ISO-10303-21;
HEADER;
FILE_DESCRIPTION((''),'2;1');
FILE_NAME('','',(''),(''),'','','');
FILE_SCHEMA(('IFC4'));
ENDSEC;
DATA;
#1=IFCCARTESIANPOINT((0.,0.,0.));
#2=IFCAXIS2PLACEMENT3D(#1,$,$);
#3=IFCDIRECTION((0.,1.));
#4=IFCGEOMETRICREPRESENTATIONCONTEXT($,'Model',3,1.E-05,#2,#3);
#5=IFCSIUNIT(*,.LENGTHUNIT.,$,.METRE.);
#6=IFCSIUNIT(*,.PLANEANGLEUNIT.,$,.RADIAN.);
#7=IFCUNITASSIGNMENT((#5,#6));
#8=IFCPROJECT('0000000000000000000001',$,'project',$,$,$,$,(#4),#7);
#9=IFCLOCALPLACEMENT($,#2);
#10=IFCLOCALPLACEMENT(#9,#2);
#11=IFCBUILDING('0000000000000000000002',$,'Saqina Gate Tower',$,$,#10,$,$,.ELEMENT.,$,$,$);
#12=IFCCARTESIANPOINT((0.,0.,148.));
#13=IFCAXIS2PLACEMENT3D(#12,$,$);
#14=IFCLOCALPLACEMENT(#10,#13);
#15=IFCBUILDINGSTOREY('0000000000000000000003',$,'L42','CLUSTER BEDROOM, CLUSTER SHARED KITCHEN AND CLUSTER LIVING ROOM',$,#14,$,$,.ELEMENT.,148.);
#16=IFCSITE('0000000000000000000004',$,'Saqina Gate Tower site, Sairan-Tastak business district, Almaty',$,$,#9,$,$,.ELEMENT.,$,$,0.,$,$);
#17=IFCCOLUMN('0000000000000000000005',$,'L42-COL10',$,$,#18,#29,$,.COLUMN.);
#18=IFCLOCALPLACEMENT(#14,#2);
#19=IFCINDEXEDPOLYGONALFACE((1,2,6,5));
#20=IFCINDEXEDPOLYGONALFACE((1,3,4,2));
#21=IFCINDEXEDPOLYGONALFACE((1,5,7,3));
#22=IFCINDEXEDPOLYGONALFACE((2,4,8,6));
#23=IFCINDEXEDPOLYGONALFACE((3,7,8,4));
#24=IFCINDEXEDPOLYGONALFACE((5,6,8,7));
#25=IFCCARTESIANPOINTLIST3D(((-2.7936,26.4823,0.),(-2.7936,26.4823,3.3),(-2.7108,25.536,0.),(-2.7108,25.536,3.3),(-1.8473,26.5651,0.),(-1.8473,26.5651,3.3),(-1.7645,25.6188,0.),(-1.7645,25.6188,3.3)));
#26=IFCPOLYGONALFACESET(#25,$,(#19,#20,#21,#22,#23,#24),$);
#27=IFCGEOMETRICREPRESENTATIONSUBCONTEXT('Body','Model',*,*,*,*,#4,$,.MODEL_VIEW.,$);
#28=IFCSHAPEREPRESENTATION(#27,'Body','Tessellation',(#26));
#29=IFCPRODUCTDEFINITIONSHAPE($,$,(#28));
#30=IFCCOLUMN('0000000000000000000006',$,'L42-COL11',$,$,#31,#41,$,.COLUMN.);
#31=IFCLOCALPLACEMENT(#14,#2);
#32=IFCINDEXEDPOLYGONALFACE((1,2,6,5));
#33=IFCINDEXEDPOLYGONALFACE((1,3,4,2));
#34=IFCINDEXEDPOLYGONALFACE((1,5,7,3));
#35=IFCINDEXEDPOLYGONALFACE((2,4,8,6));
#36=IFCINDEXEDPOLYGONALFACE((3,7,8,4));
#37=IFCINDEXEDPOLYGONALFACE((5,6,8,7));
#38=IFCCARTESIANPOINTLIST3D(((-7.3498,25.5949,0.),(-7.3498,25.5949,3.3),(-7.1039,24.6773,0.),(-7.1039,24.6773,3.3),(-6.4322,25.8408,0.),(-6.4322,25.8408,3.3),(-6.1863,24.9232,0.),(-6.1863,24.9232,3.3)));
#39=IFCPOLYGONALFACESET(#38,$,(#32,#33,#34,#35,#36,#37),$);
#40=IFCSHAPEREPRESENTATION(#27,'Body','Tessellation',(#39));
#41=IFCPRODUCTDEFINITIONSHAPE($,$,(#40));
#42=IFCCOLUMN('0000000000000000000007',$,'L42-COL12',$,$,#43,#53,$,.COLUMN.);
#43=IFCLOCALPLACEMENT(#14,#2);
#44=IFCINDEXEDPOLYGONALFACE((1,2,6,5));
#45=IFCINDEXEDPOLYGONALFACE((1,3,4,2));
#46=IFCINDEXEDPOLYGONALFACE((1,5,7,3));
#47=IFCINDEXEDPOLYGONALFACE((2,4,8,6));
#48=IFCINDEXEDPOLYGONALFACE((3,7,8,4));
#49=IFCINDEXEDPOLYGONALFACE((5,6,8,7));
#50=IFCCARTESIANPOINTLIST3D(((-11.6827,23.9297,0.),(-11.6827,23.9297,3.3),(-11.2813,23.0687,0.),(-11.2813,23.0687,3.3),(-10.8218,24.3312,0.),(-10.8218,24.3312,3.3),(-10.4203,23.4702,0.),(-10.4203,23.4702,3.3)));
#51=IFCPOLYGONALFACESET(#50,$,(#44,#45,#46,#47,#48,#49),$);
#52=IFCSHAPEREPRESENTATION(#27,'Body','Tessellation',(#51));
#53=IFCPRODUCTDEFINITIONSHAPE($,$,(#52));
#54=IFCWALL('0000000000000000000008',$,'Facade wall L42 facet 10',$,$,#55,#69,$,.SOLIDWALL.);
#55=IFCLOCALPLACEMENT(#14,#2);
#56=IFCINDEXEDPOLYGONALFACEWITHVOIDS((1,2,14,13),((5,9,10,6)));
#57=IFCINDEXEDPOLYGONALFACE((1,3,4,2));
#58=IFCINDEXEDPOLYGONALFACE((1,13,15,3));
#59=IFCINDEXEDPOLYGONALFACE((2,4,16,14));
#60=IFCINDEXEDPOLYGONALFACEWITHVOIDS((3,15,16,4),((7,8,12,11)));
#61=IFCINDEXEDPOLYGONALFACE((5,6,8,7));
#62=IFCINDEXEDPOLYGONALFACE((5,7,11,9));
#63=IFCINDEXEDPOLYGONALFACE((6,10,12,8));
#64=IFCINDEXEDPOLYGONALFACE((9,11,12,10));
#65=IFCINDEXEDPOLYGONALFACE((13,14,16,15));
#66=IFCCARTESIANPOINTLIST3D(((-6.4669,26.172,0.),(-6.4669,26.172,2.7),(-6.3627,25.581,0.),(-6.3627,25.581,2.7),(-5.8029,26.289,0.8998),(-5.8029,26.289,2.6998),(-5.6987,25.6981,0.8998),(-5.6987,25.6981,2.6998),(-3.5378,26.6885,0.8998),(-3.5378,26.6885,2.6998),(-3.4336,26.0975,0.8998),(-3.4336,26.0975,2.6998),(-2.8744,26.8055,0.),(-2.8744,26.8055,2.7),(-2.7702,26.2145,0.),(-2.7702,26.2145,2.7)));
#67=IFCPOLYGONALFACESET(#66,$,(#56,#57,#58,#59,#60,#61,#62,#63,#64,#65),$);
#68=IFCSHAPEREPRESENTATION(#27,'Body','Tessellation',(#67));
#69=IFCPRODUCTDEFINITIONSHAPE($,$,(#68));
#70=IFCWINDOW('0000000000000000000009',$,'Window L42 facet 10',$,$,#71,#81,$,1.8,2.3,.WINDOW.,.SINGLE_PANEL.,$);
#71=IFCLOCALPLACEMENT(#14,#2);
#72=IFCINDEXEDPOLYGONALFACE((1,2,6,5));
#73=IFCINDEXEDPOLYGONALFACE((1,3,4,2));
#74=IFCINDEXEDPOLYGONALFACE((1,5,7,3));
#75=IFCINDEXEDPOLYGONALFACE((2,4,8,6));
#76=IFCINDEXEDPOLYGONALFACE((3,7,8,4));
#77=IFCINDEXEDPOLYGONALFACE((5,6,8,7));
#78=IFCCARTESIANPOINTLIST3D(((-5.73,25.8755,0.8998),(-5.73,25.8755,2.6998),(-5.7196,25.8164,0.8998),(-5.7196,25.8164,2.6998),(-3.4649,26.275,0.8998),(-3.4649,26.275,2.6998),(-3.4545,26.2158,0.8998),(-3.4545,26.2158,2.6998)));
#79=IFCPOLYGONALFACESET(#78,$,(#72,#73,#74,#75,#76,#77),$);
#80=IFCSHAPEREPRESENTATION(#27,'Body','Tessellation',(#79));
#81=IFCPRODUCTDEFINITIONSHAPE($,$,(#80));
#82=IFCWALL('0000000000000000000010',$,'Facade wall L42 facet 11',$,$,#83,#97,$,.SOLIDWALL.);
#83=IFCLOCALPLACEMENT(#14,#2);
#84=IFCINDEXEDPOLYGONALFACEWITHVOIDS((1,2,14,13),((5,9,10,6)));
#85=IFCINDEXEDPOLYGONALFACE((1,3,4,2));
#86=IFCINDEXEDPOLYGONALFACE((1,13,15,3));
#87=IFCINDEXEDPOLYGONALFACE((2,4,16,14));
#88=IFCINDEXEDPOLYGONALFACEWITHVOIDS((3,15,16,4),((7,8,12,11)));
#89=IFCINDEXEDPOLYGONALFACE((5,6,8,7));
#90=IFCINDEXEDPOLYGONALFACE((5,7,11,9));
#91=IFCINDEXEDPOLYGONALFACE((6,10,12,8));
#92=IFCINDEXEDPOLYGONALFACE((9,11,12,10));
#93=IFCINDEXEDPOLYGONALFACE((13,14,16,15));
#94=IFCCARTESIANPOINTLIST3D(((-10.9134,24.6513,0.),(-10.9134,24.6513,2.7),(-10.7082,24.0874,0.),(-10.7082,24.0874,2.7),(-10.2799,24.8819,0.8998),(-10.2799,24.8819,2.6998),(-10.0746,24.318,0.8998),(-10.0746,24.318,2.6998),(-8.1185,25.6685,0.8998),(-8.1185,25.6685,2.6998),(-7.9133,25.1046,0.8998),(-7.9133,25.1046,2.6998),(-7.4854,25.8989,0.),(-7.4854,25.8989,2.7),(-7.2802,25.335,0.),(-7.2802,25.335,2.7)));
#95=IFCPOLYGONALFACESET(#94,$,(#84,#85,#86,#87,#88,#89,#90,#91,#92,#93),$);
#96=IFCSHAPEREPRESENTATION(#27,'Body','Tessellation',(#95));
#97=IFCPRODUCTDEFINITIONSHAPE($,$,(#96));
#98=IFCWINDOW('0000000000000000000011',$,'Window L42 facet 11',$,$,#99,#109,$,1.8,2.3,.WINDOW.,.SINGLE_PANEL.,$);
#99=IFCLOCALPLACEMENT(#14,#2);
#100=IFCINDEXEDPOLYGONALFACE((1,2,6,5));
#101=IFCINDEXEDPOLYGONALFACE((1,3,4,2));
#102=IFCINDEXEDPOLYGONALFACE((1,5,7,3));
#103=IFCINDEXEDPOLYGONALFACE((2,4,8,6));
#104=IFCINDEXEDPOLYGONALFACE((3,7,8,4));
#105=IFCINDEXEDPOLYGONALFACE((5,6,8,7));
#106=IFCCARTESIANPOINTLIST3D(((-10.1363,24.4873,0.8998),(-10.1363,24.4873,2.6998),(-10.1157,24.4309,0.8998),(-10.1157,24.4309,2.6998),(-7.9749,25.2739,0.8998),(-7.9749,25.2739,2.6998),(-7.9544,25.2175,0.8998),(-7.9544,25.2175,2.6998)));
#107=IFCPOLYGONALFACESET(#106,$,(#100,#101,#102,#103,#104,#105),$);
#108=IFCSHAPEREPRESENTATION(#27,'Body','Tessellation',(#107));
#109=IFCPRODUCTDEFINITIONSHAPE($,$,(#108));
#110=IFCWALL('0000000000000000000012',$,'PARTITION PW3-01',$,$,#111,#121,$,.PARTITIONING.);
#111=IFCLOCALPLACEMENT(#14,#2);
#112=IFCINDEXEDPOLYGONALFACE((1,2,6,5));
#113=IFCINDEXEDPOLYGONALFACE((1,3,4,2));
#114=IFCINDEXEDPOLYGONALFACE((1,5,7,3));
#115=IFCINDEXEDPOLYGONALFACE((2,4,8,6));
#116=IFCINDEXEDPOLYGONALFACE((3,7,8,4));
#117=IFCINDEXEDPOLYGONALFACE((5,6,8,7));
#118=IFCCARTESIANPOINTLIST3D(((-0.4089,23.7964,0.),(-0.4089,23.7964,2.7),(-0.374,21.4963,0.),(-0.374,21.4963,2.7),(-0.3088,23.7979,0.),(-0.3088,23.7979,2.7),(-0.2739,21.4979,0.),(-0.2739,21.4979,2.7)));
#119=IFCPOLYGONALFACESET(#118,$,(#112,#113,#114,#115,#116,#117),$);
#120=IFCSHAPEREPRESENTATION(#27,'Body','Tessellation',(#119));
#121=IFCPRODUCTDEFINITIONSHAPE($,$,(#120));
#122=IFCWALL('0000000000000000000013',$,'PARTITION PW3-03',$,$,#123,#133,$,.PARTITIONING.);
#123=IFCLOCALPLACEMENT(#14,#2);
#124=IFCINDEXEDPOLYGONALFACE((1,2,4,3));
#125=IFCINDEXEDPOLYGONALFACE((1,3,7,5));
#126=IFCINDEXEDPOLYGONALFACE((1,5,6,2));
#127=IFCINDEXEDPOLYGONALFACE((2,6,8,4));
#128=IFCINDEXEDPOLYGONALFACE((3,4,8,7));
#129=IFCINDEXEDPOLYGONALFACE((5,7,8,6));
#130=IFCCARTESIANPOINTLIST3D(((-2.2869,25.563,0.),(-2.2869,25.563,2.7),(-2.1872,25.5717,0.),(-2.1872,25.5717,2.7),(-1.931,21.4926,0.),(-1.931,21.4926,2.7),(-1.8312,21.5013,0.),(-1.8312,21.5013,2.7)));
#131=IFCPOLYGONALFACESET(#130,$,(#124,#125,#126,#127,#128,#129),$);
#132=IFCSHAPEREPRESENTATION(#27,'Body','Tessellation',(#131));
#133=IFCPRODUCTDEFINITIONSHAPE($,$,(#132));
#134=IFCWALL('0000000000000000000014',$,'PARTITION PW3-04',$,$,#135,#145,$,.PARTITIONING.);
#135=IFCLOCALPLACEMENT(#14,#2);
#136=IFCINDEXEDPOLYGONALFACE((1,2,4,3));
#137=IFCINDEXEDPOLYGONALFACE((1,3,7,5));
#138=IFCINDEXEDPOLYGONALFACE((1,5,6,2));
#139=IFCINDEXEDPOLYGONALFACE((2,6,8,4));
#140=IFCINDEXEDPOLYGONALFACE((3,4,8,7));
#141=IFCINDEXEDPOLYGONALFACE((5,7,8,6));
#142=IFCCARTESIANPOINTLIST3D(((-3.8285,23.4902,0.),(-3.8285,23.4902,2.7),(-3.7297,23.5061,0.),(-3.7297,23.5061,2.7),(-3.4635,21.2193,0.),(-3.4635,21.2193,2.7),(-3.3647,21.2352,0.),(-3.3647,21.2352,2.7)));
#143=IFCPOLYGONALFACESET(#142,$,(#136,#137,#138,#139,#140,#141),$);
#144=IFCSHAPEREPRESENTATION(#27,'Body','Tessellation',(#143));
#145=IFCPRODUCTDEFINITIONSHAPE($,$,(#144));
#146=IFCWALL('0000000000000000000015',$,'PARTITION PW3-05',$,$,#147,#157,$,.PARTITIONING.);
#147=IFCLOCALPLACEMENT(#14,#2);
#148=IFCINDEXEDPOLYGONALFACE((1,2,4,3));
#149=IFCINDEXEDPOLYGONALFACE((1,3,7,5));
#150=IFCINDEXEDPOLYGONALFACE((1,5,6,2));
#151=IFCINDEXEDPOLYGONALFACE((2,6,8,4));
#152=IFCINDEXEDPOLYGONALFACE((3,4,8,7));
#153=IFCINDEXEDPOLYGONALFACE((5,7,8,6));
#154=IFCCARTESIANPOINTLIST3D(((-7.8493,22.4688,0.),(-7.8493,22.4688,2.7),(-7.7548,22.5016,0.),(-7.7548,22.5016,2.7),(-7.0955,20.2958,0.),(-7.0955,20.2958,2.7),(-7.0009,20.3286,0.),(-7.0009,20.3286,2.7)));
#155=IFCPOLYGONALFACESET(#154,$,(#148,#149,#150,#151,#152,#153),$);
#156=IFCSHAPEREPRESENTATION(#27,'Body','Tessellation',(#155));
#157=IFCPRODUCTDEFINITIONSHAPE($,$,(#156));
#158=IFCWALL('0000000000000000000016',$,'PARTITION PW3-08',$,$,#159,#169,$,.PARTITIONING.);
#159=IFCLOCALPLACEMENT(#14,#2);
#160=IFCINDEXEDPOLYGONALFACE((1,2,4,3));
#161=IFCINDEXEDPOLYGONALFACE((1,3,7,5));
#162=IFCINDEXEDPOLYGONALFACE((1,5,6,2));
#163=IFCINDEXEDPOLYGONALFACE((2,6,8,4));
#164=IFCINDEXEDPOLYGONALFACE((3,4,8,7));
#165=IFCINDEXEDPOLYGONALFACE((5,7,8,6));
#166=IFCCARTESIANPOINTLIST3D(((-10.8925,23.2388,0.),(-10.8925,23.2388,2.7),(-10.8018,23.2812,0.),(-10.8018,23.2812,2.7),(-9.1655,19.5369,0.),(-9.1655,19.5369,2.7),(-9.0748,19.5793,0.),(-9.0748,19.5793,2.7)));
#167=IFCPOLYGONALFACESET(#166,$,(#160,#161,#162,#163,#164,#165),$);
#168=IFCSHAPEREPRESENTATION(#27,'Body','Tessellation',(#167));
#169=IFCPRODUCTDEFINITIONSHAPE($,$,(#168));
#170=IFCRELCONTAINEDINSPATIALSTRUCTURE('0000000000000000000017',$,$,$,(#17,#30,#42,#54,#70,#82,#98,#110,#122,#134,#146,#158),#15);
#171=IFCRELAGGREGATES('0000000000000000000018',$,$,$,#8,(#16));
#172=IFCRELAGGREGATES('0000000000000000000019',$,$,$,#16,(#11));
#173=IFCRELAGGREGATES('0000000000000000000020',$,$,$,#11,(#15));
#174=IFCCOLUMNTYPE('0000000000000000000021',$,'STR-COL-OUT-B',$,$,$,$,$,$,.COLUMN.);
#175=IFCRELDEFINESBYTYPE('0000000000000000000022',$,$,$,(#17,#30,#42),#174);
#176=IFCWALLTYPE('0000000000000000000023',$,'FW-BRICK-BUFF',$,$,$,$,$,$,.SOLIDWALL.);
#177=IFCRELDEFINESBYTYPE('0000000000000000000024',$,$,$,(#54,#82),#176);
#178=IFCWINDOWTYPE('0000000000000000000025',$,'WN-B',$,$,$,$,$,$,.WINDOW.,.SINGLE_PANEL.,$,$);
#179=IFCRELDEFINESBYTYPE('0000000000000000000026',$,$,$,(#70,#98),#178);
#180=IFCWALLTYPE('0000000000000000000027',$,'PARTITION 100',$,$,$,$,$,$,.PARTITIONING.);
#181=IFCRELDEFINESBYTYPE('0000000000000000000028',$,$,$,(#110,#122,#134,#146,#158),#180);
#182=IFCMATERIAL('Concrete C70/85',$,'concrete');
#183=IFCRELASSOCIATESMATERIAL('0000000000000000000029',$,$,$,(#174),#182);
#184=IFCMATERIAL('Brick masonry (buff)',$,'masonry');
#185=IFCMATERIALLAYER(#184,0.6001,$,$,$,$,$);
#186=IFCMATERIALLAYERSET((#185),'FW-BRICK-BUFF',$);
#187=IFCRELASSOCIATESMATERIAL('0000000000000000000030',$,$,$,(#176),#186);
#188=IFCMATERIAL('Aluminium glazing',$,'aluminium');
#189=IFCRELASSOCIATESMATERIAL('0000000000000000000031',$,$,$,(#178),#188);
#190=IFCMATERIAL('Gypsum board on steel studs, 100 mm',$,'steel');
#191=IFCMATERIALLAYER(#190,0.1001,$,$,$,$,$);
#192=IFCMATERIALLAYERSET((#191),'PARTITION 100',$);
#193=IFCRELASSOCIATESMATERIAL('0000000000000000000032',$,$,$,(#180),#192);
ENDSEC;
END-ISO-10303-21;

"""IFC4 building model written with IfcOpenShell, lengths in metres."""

from ifc_helpers import new_model, si_unit, direction, frame, frame_2d, origin, origin_2d, place, context, subcontext, project, spatial, rectangle, extrude, material, layer, layer_set, material_profile, profile_set, type_object, element, fill, save


model = new_model("IFC4")

# Units and contexts
model_context = context("Model", 3, precision=1e-05, world=origin(), true_north=direction((0.0, 1.0)))
body_context = subcontext(model_context, "Body", "Model", "MODEL_VIEW")
ifc_project = project(units=[si_unit("LENGTHUNIT", "METRE"), si_unit("PLANEANGLEUNIT", "RADIAN")], contexts=[model_context])

# Site, building, storey
site_placement = place(None, origin())
site = spatial("IfcSite", under=ifc_project, at=site_placement, Name="Saqina Gate Tower site, Sairan-Tastak business district, Almaty", CompositionType="ELEMENT", RefElevation=0.0)
building_placement = place(site_placement, origin())
building = spatial("IfcBuilding", under=site, at=building_placement, Name="Saqina Gate Tower", CompositionType="ELEMENT")
storey_placement = place(building_placement, frame((0.0, 0.0, 148.0)))
storey = spatial("IfcBuildingStorey", under=building, at=storey_placement, Name="L42", Description="CLUSTER BEDROOM, CLUSTER SHARED KITCHEN AND CLUSTER LIVING ROOM", CompositionType="ELEMENT", Elevation=148.0)

# Columns
ifc_material_1 = material(Name="Concrete C70/85", Category="concrete")
ifc_material_profile = material_profile(ifc_material_1, rectangle(XDim=0.95, YDim=0.95, at=origin_2d()), Name="RC 950x950")
ifc_profile_set = profile_set([ifc_material_profile], Name="Concrete C70/85")
column_type = type_object("IfcColumnType", Name="STR-COL-OUT-B", PredefinedType="COLUMN", material=ifc_profile_set)
for number, where, z_axis, x_axis, name in (
    (1, (-2.2791, 26.0505, 0.0), (0.0, 0.0, 1.0), (-0.087156, 0.996195, 0.0), "L42-COL10"),
    (2, (-6.7681, 25.259, 0.0), (0.0, 0.0, 1.0), (-0.258819, 0.965926, 0.0), "L42-COL11"),
    (3, (-11.0515, 23.7, 0.0), (0.0, 0.0, 1.0), (-0.422618, 0.906308, 0.0), "L42-COL12"),
):
    element("IfcColumn", number, at=place(storey_placement, frame(where, z_axis=z_axis, x_axis=x_axis)), inside=storey, type_object=column_type, Name=name, PredefinedType="COLUMN", context=body_context, shape_type="SweptSolid", body=[
        extrude(rectangle(XDim=0.95, YDim=0.95, at=origin_2d()), origin(), (0.0, 0.0, 1.0), 3.3),
    ])

# Walls, openings, windows
ifc_material_2 = material(Name="Brick masonry (buff)", Category="masonry")
ifc_layer_1 = layer(ifc_material_2, 0.6001)
ifc_layer_set_1 = layer_set([ifc_layer_1], Name="FW-BRICK-BUFF")
wall_type_1 = type_object("IfcWallType", Name="FW-BRICK-BUFF", PredefinedType="SOLIDWALL", material=ifc_layer_set_1)
wall_1_placement = place(storey_placement, frame((-2.8223, 26.51, 0.0), z_axis=(0.0, 0.0, 1.0), x_axis=(-0.984804, -0.173671, 0.0)))
wall_1 = element("IfcWall", 4, at=wall_1_placement, inside=storey, type_object=wall_type_1, Name="Facade wall L42 facet 10", PredefinedType="SOLIDWALL", context=body_context, shape_type="SweptSolid", body=[
    extrude(rectangle(XDim=3.6479, YDim=0.6001, at=frame_2d((1.824, 0.0))), origin(), (0.0, 0.0, 1.0), 2.7),
])
opening_1_placement = place(wall_1_placement, frame((0.6738, 0.0, 0.8999)))
opening_1 = element("IfcOpeningElement", 5, at=opening_1_placement, cuts=wall_1, PredefinedType="OPENING", context=body_context, shape_type="SweptSolid", body=[
    extrude(rectangle(XDim=2.3, YDim=1.8, at=frame_2d((1.1499, 0.8999))), frame((0.0, 0.312, 0.0), z_axis=(0.0, -1.0, 0.0), x_axis=(1.0, 0.0, 0.0)), (0.0, 0.0, 1.0), 0.624),
])
ifc_material_3 = material(Name="Aluminium glazing", Category="aluminium")
window_type = type_object("IfcWindowType", Name="WN-B", PartitioningType="SINGLE_PANEL", PredefinedType="WINDOW", material=ifc_material_3)
window_1_placement = place(opening_1_placement, origin())
window_1 = element("IfcWindow", 6, at=window_1_placement, inside=storey, type_object=window_type, Name="Window L42 facet 10", OverallHeight=1.8, OverallWidth=2.3, PartitioningType="SINGLE_PANEL", PredefinedType="WINDOW", context=body_context, shape_type="SweptSolid", body=[
    extrude(rectangle(XDim=2.3, YDim=1.8, at=frame_2d((1.1499, 0.8999))), frame((0.0, 0.1799, 0.0), z_axis=(0.0, -1.0, 0.0), x_axis=(1.0, 0.0, 0.0)), (0.0, 0.0, 1.0), 0.0601),
])
fill(opening_1, window_1)
wall_2_placement = place(storey_placement, frame((-7.3828, 25.6169, 0.0), z_axis=(0.0, 0.0, 1.0), x_axis=(-0.939704, -0.34199, 0.0)))
wall_2 = element("IfcWall", 7, at=wall_2_placement, inside=storey, type_object=wall_type_1, Name="Facade wall L42 facet 11", PredefinedType="SOLIDWALL", context=body_context, shape_type="SweptSolid", body=[
    extrude(rectangle(XDim=3.6479, YDim=0.6001, at=frame_2d((1.824, 0.0))), origin(), (0.0, 0.0, 1.0), 2.7),
])
opening_2_placement = place(wall_2_placement, frame((0.6738, 0.0, 0.8999)))
opening_2 = element("IfcOpeningElement", 8, at=opening_2_placement, cuts=wall_2, PredefinedType="OPENING", context=body_context, shape_type="SweptSolid", body=[
    extrude(rectangle(XDim=2.3, YDim=1.8, at=frame_2d((1.1499, 0.8999))), frame((0.0, 0.312, 0.0), z_axis=(0.0, -1.0, 0.0), x_axis=(1.0, 0.0, 0.0)), (0.0, 0.0, 1.0), 0.624),
])
window_2_placement = place(opening_2_placement, origin())
window_2 = element("IfcWindow", 9, at=window_2_placement, inside=storey, type_object=window_type, Name="Window L42 facet 11", OverallHeight=1.8, OverallWidth=2.3, PartitioningType="SINGLE_PANEL", PredefinedType="WINDOW", context=body_context, shape_type="SweptSolid", body=[
    extrude(rectangle(XDim=2.3, YDim=1.8, at=frame_2d((1.1499, 0.8999))), frame((0.0, 0.1799, 0.0), z_axis=(0.0, -1.0, 0.0), x_axis=(1.0, 0.0, 0.0)), (0.0, 0.0, 1.0), 0.0601),
])
fill(opening_2, window_2)

# Walls
ifc_material_4 = material(Name="Gypsum board on steel studs, 100 mm", Category="steel")
ifc_layer_2 = layer(ifc_material_4, 0.1001)
ifc_layer_set_2 = layer_set([ifc_layer_2], Name="PARTITION 100")
wall_type_2 = type_object("IfcWallType", Name="PARTITION 100", PredefinedType="PARTITIONING", material=ifc_layer_set_2)
wall_3_placement = place(storey_placement, frame((-0.3589, 23.7971, 0.0), z_axis=(0.0, 0.0, 1.0), x_axis=(0.015177, -0.999885, 0.0)))
element("IfcWall", 10, at=wall_3_placement, inside=storey, type_object=wall_type_2, Name="PARTITION PW3-01", PredefinedType="PARTITIONING", context=body_context, shape_type="SweptSolid", body=[
    extrude(rectangle(XDim=2.3003, YDim=0.1001, at=frame_2d((1.1501, 0.0))), origin(), (0.0, 0.0, 1.0), 2.7),
])
wall_4_placement = place(storey_placement, frame((-2.2371, 25.5674, 0.0), z_axis=(0.0, 0.0, 1.0), x_axis=(0.08712, -0.996198, 0.0)))
element("IfcWall", 11, at=wall_4_placement, inside=storey, type_object=wall_type_2, Name="PARTITION PW3-03", PredefinedType="PARTITIONING", context=body_context, shape_type="SweptSolid", body=[
    extrude(rectangle(XDim=4.0859, YDim=0.1001, at=frame_2d((2.043, 0.0))), origin(), (0.0, 0.0, 1.0), 2.7),
])
for number, where, z_axis, x_axis, name in (
    (12, (-3.7791, 23.498, 0.0), (0.0, 0.0, 1.0), (0.158682, -0.98733, 0.0), "PARTITION PW3-04"),
    (13, (-7.802, 22.4851, 0.0), (0.0, 0.0, 1.0), (0.327763, -0.94476, 0.0), "PARTITION PW3-05"),
):
    element("IfcWall", number, at=place(storey_placement, frame(where, z_axis=z_axis, x_axis=x_axis)), inside=storey, type_object=wall_type_2, Name=name, PredefinedType="PARTITIONING", context=body_context, shape_type="SweptSolid", body=[
        extrude(rectangle(XDim=2.3, YDim=0.1001, at=frame_2d((1.1499, 0.0))), origin(), (0.0, 0.0, 1.0), 2.7),
    ])
wall_5_placement = place(storey_placement, frame((-10.8472, 23.26, 0.0), z_axis=(0.0, 0.0, 1.0), x_axis=(0.422784, -0.90623, 0.0)))
element("IfcWall", 14, at=wall_5_placement, inside=storey, type_object=wall_type_2, Name="PARTITION PW3-08", PredefinedType="PARTITIONING", context=body_context, shape_type="SweptSolid", body=[
    extrude(rectangle(XDim=4.085, YDim=0.1001, at=frame_2d((2.0425, 0.0))), origin(), (0.0, 0.0, 1.0), 2.7),
])

save(model, "model.ifc")
